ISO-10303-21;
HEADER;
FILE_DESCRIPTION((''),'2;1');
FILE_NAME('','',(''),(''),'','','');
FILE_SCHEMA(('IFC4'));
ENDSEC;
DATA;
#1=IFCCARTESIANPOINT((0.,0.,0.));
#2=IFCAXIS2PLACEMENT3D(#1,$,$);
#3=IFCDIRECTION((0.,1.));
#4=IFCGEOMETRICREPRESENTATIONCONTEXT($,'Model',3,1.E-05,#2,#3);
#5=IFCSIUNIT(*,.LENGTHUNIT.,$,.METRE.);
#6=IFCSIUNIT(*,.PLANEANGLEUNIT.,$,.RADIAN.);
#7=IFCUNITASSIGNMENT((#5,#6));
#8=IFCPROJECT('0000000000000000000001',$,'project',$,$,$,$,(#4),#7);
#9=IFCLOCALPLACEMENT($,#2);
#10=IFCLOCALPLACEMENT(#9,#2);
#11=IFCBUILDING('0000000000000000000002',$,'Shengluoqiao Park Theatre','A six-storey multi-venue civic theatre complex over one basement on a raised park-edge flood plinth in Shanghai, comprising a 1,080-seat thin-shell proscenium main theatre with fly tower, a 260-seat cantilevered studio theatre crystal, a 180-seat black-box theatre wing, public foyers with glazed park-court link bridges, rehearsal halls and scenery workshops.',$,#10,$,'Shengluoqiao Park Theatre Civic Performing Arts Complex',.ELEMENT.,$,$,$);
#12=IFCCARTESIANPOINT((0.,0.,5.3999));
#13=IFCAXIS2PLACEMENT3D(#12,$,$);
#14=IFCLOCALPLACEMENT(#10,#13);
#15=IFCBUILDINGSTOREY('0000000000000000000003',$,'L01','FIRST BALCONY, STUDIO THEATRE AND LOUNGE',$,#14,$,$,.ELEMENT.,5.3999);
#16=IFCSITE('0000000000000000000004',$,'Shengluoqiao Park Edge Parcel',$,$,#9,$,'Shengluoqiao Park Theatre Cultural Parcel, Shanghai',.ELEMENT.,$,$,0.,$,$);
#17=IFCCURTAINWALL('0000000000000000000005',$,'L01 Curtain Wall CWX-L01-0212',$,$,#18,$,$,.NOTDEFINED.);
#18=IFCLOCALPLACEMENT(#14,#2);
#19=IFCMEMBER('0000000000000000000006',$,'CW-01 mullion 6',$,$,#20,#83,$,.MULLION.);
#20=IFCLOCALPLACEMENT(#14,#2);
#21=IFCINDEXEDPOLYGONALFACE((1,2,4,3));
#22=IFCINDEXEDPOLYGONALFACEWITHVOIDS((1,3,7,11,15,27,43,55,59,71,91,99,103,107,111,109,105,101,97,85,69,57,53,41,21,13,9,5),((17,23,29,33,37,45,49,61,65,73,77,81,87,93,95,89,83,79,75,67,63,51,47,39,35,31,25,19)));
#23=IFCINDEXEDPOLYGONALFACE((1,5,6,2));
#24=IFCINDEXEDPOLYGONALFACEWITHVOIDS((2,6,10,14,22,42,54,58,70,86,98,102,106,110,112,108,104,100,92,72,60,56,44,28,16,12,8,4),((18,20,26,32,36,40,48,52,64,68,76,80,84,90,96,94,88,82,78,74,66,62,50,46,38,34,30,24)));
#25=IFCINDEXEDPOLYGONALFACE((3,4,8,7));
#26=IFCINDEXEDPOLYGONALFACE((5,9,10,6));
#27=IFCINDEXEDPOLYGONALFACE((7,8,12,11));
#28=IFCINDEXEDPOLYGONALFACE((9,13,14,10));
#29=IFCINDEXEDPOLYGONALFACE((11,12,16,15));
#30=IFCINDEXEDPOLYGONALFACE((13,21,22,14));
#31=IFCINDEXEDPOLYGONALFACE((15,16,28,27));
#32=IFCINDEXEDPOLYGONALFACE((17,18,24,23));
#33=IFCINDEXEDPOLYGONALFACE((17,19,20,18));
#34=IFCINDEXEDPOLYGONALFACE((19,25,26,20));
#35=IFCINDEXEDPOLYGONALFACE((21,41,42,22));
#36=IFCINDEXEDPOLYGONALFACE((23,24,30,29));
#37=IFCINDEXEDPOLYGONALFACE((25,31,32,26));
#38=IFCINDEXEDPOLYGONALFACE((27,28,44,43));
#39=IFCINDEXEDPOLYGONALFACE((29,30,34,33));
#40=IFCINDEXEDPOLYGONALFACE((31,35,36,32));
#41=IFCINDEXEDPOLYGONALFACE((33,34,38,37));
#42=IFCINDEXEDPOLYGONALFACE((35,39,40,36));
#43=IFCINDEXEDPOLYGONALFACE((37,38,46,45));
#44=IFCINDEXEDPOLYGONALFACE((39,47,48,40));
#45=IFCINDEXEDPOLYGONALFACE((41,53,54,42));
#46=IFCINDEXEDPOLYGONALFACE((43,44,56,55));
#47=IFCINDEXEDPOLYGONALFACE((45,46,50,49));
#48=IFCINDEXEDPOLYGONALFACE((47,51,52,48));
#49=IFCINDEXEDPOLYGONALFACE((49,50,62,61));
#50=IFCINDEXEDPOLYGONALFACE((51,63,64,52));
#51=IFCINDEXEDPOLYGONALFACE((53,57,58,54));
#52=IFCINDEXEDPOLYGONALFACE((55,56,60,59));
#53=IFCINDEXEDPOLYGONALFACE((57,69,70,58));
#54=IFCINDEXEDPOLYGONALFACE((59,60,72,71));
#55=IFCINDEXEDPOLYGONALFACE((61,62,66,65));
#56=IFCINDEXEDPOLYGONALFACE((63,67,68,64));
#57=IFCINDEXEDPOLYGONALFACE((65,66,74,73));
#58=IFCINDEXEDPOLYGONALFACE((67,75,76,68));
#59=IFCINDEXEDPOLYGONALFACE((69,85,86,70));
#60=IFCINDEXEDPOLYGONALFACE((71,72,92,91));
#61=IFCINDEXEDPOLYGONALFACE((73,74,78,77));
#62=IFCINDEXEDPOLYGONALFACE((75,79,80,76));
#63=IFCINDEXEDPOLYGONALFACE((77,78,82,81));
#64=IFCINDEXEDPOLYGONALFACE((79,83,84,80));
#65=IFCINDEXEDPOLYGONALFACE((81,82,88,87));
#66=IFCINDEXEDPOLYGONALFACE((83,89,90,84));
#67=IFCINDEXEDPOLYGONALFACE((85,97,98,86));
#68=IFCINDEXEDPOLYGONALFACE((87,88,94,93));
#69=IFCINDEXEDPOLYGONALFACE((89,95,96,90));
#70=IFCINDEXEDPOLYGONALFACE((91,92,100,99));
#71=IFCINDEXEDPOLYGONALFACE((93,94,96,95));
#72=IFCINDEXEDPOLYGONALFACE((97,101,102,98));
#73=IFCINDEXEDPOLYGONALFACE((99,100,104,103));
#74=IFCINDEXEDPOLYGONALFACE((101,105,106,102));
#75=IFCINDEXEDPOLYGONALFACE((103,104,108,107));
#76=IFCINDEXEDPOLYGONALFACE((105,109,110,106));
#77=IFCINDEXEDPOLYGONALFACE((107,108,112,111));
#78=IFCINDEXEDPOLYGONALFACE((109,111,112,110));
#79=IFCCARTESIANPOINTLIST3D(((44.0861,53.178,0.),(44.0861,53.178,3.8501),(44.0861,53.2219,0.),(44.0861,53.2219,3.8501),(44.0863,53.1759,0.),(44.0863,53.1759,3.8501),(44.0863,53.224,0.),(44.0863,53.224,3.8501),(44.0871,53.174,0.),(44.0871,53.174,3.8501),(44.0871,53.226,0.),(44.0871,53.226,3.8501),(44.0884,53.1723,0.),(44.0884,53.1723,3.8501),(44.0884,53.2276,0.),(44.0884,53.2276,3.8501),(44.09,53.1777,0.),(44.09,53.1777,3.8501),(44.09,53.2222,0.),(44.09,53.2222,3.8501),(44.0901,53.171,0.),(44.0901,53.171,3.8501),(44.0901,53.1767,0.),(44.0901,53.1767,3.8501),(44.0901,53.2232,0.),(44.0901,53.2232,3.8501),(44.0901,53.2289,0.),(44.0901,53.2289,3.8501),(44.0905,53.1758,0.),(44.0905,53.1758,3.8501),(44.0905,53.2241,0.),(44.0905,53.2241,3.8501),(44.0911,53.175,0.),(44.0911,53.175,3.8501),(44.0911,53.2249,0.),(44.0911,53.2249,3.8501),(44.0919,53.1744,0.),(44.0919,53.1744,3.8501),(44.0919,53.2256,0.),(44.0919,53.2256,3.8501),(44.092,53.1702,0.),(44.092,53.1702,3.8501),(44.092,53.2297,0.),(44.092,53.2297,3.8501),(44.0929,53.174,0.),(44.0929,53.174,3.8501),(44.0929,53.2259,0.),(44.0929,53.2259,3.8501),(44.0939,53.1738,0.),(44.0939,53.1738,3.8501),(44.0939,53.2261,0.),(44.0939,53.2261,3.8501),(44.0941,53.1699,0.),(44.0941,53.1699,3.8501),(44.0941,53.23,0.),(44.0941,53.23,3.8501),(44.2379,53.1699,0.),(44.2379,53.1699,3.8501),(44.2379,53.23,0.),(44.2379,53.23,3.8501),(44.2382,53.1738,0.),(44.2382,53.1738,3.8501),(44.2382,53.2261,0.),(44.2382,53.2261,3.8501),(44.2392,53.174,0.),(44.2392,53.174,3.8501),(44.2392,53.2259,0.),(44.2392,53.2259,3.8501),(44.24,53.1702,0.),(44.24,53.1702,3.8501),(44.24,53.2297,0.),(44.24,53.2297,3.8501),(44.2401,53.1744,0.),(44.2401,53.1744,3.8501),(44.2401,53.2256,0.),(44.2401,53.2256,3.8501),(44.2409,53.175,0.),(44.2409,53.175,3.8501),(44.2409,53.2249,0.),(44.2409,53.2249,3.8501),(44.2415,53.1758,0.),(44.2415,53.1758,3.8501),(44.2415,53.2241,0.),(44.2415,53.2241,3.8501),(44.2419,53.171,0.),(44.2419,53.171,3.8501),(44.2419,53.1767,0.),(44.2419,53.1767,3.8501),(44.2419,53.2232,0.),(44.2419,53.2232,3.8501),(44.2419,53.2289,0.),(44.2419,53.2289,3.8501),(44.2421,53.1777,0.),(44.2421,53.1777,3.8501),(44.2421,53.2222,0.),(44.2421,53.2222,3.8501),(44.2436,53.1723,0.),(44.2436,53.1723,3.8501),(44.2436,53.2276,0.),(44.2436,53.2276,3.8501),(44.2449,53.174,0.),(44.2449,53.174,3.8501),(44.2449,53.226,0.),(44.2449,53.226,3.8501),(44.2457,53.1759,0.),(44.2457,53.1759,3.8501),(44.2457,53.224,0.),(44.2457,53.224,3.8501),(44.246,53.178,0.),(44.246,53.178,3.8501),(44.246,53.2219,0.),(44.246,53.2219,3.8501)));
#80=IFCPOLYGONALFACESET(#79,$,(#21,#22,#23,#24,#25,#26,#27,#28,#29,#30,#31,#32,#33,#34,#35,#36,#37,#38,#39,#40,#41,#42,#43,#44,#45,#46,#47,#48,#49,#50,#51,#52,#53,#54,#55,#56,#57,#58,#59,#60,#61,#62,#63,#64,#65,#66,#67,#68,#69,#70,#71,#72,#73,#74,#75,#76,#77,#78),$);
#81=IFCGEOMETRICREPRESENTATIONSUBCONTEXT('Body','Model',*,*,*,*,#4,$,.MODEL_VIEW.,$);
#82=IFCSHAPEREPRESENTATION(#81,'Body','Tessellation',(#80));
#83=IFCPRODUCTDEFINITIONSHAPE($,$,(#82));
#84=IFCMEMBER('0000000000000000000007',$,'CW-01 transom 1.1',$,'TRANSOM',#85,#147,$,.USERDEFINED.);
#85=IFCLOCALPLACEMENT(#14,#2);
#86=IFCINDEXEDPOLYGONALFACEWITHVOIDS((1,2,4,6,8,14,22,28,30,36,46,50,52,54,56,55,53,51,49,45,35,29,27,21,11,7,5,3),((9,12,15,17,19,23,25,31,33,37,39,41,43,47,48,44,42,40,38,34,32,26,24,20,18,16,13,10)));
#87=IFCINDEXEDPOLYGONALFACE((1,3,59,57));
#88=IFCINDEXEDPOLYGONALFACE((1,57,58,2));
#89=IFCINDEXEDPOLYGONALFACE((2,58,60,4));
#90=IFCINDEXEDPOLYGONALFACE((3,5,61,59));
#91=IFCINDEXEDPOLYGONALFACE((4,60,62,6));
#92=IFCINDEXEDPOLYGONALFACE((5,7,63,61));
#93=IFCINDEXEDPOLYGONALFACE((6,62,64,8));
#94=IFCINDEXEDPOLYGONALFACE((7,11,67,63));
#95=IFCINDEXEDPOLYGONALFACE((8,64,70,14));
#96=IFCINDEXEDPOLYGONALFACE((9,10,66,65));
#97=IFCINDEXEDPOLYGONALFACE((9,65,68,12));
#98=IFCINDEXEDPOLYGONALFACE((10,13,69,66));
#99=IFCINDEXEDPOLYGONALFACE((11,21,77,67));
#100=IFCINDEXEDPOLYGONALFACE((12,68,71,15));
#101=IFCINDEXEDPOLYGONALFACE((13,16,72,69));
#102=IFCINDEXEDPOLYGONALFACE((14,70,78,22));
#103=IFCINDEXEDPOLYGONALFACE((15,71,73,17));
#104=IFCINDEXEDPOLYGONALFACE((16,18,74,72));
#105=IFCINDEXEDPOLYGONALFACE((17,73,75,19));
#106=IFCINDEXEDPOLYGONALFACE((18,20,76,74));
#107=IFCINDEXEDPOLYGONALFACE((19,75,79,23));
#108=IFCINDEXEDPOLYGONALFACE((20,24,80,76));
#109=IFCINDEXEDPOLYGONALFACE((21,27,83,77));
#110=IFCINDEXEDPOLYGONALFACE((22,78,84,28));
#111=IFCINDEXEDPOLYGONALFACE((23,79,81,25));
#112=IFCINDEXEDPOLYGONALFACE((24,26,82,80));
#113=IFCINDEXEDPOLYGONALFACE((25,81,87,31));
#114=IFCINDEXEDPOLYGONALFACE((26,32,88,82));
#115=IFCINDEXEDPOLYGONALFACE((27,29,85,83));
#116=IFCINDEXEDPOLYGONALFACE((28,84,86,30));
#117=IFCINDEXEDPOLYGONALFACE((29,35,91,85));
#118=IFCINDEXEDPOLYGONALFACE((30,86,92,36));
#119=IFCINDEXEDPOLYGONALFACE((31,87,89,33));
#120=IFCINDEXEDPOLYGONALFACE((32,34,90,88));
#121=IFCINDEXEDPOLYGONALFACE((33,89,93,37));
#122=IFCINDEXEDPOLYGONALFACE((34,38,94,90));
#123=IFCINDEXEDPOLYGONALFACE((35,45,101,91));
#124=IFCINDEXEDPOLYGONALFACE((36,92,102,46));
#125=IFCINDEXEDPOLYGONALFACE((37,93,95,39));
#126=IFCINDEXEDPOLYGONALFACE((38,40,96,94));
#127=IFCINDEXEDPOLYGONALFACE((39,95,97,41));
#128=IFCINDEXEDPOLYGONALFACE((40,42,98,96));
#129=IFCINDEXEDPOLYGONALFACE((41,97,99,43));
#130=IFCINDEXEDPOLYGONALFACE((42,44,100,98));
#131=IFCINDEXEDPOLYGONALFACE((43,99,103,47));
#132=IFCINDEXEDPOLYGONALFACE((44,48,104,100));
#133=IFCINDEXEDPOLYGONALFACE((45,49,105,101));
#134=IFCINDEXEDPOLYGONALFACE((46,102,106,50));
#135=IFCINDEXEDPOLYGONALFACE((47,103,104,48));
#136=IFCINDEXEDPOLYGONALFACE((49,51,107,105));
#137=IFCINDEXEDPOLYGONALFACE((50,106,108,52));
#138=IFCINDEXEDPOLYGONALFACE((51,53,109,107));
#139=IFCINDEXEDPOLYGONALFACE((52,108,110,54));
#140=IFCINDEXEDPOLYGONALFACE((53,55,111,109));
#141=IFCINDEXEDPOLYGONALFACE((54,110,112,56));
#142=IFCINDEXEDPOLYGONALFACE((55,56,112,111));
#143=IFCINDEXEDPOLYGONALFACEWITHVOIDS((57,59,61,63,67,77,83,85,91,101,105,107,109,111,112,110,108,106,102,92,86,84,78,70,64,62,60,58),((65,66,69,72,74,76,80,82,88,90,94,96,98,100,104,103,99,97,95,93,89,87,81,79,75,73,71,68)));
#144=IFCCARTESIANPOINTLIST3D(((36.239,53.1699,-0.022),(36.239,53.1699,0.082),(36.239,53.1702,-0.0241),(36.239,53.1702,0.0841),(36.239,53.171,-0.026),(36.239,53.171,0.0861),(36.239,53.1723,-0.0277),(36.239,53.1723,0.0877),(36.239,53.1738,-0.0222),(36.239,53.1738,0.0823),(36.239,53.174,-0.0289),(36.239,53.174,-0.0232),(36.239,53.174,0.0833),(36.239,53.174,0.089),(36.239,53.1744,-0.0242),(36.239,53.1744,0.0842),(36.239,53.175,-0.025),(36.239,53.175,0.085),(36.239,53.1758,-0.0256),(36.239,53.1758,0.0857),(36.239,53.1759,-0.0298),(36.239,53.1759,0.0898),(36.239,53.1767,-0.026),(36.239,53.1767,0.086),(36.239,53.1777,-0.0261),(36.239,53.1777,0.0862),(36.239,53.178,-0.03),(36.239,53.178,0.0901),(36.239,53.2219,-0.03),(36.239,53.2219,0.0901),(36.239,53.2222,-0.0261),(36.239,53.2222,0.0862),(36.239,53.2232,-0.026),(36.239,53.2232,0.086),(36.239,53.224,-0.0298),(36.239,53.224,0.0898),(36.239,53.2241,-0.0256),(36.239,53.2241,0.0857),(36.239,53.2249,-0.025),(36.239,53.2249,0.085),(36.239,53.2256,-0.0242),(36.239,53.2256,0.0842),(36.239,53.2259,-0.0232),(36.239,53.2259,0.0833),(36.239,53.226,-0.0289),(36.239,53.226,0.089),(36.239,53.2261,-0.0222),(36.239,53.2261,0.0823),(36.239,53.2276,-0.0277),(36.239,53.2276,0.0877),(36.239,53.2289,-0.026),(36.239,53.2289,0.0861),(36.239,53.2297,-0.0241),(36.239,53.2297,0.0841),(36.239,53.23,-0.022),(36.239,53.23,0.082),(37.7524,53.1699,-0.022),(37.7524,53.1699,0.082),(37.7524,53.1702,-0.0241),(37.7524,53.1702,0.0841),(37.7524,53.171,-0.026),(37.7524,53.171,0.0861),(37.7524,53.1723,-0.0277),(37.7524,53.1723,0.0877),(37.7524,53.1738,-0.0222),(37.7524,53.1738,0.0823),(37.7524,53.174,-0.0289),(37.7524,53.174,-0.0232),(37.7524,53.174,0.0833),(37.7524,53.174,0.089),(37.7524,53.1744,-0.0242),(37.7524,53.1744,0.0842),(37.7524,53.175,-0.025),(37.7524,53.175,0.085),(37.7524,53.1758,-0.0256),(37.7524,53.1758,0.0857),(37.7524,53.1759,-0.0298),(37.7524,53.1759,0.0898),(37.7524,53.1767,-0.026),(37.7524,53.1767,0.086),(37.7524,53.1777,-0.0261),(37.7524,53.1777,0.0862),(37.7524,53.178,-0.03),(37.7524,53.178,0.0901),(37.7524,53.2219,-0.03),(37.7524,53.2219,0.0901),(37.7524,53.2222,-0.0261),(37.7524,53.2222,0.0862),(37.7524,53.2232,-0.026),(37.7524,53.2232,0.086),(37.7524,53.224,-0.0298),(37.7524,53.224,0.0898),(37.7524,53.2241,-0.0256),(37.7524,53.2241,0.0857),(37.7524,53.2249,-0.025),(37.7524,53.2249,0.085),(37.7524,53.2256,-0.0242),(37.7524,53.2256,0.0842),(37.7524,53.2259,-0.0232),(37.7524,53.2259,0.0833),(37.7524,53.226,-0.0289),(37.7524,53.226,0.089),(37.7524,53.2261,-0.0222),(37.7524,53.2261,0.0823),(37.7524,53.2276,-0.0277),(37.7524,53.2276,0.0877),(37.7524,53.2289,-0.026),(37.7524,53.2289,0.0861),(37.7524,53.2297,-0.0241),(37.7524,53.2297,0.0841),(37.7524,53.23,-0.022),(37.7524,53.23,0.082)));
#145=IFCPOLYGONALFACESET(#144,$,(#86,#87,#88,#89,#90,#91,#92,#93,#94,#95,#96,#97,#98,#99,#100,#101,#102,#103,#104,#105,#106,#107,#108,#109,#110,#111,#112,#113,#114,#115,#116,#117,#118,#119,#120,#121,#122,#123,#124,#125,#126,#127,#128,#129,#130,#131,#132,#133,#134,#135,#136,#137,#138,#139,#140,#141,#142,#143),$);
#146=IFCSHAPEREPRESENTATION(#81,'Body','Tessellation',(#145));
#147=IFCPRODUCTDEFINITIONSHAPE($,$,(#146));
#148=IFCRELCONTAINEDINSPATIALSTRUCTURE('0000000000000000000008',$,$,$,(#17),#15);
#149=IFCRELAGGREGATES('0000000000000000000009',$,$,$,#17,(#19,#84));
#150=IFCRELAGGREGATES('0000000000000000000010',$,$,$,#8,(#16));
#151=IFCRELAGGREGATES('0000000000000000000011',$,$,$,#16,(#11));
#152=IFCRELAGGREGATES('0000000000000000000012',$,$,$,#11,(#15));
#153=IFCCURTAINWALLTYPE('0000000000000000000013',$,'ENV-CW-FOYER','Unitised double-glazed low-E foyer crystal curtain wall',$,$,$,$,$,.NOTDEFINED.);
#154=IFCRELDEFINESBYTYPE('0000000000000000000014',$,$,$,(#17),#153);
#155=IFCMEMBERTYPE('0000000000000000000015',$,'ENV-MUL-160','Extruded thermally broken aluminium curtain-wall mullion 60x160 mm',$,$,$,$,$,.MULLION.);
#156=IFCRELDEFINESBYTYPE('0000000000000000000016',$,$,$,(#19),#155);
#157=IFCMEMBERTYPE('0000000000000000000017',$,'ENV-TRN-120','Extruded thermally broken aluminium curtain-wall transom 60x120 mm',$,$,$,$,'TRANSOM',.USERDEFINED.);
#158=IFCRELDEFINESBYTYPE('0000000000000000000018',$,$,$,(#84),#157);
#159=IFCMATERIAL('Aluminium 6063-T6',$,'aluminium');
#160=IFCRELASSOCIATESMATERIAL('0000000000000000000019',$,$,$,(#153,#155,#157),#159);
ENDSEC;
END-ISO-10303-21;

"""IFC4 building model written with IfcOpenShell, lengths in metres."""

from ifc_helpers import new_model, si_unit, direction, frame, origin, origin_2d, place, context, subcontext, project, spatial, hollow_rectangle, extrude, material, material_profile, profile_set, type_object, element, aggregate, save


model = new_model("IFC4")

# Units and contexts
model_context = context("Model", 3, precision=1e-05, world=origin(), true_north=direction((0.0, 1.0)))
body_context = subcontext(model_context, "Body", "Model", "MODEL_VIEW")
ifc_project = project(units=[si_unit("LENGTHUNIT", "METRE"), si_unit("PLANEANGLEUNIT", "RADIAN")], contexts=[model_context])

# Site, building, storey
site_placement = place(None, origin())
site = spatial("IfcSite", under=ifc_project, at=site_placement, Name="Shengluoqiao Park Edge Parcel", LongName="Shengluoqiao Park Theatre Cultural Parcel, Shanghai", CompositionType="ELEMENT", RefElevation=0.0)
building_placement = place(site_placement, origin())
building = spatial("IfcBuilding", under=site, at=building_placement, Name="Shengluoqiao Park Theatre", Description="A six-storey multi-venue civic theatre complex over one basement on a raised park-edge flood plinth in Shanghai, comprising a 1,080-seat thin-shell proscenium main theatre with fly tower, a 260-seat cantilevered studio theatre crystal, a 180-seat black-box theatre wing, public foyers with glazed park-court link bridges, rehearsal halls and scenery workshops.", LongName="Shengluoqiao Park Theatre Civic Performing Arts Complex", CompositionType="ELEMENT")
storey_placement = place(building_placement, frame((0.0, 0.0, 5.3999)))
storey = spatial("IfcBuildingStorey", under=building, at=storey_placement, Name="L01", Description="FIRST BALCONY, STUDIO THEATRE AND LOUNGE", CompositionType="ELEMENT", Elevation=5.3999)

# Curtain wall, members
ifc_material_1 = material(Name="Aluminium 6063-T6", Category="aluminium")
curtain_wall_type = type_object("IfcCurtainWallType", Name="ENV-CW-FOYER", Description="Unitised double-glazed low-E foyer crystal curtain wall", PredefinedType="NOTDEFINED", material=ifc_material_1)
curtain_wall_placement = place(storey_placement, origin())
curtain_wall = element("IfcCurtainWall", 1, at=curtain_wall_placement, inside=storey, type_object=curtain_wall_type, Name="L01 Curtain Wall CWX-L01-0212", PredefinedType="NOTDEFINED")
ifc_material_profile_1 = material_profile(ifc_material_1, hollow_rectangle(XDim=0.0601, YDim=0.1599, WallThickness=0.0039, InnerFilletRadius=0.0039, OuterFilletRadius=0.0081, at=origin_2d()), Name="ALU MULLION 160x60x4")
ifc_profile_set_1 = profile_set([ifc_material_profile_1], Name="Aluminium 6063-T6")
member_type_1 = type_object("IfcMemberType", Name="ENV-MUL-160", Description="Extruded thermally broken aluminium curtain-wall mullion 60x160 mm", PredefinedType="MULLION", material=ifc_profile_set_1)
member_1_placement = place(storey_placement, frame((44.166, 53.2, 0.0), z_axis=(0.0, 0.0, 1.0), x_axis=(0.0, 1.0, 0.0)))
member_1 = element("IfcMember", 2, at=member_1_placement, type_object=member_type_1, Name="CW-01 mullion 6", PredefinedType="MULLION", context=body_context, shape_type="SweptSolid", body=[
    extrude(hollow_rectangle(XDim=0.0601, YDim=0.1599, WallThickness=0.0039, InnerFilletRadius=0.0039, OuterFilletRadius=0.0081, at=origin_2d()), origin(), (0.0, 0.0, 1.0), 3.8501),
])
ifc_material_profile_2 = material_profile(ifc_material_1, hollow_rectangle(XDim=0.0601, YDim=0.1201, WallThickness=0.0039, InnerFilletRadius=0.0039, OuterFilletRadius=0.0081, at=origin_2d()), Name="ALU TRANSOM 120x60x4")
ifc_profile_set_2 = profile_set([ifc_material_profile_2], Name="Aluminium 6063-T6")
member_type_2 = type_object("IfcMemberType", Name="ENV-TRN-120", Description="Extruded thermally broken aluminium curtain-wall transom 60x120 mm", ElementType="TRANSOM", PredefinedType="USERDEFINED", material=ifc_profile_set_2)
member_2_placement = place(storey_placement, frame((36.239, 53.2, 0.03), z_axis=(1.0, 0.0, 0.0), x_axis=(0.0, 1.0, 0.0)))
member_2 = element("IfcMember", 3, at=member_2_placement, type_object=member_type_2, Name="CW-01 transom 1.1", ObjectType="TRANSOM", PredefinedType="USERDEFINED", context=body_context, shape_type="SweptSolid", body=[
    extrude(hollow_rectangle(XDim=0.0601, YDim=0.1201, WallThickness=0.0039, InnerFilletRadius=0.0039, OuterFilletRadius=0.0081, at=origin_2d()), origin(), (0.0, 0.0, 1.0), 1.5134),
])

aggregate(curtain_wall, [member_1, member_2])

save(model, "model.ifc")
